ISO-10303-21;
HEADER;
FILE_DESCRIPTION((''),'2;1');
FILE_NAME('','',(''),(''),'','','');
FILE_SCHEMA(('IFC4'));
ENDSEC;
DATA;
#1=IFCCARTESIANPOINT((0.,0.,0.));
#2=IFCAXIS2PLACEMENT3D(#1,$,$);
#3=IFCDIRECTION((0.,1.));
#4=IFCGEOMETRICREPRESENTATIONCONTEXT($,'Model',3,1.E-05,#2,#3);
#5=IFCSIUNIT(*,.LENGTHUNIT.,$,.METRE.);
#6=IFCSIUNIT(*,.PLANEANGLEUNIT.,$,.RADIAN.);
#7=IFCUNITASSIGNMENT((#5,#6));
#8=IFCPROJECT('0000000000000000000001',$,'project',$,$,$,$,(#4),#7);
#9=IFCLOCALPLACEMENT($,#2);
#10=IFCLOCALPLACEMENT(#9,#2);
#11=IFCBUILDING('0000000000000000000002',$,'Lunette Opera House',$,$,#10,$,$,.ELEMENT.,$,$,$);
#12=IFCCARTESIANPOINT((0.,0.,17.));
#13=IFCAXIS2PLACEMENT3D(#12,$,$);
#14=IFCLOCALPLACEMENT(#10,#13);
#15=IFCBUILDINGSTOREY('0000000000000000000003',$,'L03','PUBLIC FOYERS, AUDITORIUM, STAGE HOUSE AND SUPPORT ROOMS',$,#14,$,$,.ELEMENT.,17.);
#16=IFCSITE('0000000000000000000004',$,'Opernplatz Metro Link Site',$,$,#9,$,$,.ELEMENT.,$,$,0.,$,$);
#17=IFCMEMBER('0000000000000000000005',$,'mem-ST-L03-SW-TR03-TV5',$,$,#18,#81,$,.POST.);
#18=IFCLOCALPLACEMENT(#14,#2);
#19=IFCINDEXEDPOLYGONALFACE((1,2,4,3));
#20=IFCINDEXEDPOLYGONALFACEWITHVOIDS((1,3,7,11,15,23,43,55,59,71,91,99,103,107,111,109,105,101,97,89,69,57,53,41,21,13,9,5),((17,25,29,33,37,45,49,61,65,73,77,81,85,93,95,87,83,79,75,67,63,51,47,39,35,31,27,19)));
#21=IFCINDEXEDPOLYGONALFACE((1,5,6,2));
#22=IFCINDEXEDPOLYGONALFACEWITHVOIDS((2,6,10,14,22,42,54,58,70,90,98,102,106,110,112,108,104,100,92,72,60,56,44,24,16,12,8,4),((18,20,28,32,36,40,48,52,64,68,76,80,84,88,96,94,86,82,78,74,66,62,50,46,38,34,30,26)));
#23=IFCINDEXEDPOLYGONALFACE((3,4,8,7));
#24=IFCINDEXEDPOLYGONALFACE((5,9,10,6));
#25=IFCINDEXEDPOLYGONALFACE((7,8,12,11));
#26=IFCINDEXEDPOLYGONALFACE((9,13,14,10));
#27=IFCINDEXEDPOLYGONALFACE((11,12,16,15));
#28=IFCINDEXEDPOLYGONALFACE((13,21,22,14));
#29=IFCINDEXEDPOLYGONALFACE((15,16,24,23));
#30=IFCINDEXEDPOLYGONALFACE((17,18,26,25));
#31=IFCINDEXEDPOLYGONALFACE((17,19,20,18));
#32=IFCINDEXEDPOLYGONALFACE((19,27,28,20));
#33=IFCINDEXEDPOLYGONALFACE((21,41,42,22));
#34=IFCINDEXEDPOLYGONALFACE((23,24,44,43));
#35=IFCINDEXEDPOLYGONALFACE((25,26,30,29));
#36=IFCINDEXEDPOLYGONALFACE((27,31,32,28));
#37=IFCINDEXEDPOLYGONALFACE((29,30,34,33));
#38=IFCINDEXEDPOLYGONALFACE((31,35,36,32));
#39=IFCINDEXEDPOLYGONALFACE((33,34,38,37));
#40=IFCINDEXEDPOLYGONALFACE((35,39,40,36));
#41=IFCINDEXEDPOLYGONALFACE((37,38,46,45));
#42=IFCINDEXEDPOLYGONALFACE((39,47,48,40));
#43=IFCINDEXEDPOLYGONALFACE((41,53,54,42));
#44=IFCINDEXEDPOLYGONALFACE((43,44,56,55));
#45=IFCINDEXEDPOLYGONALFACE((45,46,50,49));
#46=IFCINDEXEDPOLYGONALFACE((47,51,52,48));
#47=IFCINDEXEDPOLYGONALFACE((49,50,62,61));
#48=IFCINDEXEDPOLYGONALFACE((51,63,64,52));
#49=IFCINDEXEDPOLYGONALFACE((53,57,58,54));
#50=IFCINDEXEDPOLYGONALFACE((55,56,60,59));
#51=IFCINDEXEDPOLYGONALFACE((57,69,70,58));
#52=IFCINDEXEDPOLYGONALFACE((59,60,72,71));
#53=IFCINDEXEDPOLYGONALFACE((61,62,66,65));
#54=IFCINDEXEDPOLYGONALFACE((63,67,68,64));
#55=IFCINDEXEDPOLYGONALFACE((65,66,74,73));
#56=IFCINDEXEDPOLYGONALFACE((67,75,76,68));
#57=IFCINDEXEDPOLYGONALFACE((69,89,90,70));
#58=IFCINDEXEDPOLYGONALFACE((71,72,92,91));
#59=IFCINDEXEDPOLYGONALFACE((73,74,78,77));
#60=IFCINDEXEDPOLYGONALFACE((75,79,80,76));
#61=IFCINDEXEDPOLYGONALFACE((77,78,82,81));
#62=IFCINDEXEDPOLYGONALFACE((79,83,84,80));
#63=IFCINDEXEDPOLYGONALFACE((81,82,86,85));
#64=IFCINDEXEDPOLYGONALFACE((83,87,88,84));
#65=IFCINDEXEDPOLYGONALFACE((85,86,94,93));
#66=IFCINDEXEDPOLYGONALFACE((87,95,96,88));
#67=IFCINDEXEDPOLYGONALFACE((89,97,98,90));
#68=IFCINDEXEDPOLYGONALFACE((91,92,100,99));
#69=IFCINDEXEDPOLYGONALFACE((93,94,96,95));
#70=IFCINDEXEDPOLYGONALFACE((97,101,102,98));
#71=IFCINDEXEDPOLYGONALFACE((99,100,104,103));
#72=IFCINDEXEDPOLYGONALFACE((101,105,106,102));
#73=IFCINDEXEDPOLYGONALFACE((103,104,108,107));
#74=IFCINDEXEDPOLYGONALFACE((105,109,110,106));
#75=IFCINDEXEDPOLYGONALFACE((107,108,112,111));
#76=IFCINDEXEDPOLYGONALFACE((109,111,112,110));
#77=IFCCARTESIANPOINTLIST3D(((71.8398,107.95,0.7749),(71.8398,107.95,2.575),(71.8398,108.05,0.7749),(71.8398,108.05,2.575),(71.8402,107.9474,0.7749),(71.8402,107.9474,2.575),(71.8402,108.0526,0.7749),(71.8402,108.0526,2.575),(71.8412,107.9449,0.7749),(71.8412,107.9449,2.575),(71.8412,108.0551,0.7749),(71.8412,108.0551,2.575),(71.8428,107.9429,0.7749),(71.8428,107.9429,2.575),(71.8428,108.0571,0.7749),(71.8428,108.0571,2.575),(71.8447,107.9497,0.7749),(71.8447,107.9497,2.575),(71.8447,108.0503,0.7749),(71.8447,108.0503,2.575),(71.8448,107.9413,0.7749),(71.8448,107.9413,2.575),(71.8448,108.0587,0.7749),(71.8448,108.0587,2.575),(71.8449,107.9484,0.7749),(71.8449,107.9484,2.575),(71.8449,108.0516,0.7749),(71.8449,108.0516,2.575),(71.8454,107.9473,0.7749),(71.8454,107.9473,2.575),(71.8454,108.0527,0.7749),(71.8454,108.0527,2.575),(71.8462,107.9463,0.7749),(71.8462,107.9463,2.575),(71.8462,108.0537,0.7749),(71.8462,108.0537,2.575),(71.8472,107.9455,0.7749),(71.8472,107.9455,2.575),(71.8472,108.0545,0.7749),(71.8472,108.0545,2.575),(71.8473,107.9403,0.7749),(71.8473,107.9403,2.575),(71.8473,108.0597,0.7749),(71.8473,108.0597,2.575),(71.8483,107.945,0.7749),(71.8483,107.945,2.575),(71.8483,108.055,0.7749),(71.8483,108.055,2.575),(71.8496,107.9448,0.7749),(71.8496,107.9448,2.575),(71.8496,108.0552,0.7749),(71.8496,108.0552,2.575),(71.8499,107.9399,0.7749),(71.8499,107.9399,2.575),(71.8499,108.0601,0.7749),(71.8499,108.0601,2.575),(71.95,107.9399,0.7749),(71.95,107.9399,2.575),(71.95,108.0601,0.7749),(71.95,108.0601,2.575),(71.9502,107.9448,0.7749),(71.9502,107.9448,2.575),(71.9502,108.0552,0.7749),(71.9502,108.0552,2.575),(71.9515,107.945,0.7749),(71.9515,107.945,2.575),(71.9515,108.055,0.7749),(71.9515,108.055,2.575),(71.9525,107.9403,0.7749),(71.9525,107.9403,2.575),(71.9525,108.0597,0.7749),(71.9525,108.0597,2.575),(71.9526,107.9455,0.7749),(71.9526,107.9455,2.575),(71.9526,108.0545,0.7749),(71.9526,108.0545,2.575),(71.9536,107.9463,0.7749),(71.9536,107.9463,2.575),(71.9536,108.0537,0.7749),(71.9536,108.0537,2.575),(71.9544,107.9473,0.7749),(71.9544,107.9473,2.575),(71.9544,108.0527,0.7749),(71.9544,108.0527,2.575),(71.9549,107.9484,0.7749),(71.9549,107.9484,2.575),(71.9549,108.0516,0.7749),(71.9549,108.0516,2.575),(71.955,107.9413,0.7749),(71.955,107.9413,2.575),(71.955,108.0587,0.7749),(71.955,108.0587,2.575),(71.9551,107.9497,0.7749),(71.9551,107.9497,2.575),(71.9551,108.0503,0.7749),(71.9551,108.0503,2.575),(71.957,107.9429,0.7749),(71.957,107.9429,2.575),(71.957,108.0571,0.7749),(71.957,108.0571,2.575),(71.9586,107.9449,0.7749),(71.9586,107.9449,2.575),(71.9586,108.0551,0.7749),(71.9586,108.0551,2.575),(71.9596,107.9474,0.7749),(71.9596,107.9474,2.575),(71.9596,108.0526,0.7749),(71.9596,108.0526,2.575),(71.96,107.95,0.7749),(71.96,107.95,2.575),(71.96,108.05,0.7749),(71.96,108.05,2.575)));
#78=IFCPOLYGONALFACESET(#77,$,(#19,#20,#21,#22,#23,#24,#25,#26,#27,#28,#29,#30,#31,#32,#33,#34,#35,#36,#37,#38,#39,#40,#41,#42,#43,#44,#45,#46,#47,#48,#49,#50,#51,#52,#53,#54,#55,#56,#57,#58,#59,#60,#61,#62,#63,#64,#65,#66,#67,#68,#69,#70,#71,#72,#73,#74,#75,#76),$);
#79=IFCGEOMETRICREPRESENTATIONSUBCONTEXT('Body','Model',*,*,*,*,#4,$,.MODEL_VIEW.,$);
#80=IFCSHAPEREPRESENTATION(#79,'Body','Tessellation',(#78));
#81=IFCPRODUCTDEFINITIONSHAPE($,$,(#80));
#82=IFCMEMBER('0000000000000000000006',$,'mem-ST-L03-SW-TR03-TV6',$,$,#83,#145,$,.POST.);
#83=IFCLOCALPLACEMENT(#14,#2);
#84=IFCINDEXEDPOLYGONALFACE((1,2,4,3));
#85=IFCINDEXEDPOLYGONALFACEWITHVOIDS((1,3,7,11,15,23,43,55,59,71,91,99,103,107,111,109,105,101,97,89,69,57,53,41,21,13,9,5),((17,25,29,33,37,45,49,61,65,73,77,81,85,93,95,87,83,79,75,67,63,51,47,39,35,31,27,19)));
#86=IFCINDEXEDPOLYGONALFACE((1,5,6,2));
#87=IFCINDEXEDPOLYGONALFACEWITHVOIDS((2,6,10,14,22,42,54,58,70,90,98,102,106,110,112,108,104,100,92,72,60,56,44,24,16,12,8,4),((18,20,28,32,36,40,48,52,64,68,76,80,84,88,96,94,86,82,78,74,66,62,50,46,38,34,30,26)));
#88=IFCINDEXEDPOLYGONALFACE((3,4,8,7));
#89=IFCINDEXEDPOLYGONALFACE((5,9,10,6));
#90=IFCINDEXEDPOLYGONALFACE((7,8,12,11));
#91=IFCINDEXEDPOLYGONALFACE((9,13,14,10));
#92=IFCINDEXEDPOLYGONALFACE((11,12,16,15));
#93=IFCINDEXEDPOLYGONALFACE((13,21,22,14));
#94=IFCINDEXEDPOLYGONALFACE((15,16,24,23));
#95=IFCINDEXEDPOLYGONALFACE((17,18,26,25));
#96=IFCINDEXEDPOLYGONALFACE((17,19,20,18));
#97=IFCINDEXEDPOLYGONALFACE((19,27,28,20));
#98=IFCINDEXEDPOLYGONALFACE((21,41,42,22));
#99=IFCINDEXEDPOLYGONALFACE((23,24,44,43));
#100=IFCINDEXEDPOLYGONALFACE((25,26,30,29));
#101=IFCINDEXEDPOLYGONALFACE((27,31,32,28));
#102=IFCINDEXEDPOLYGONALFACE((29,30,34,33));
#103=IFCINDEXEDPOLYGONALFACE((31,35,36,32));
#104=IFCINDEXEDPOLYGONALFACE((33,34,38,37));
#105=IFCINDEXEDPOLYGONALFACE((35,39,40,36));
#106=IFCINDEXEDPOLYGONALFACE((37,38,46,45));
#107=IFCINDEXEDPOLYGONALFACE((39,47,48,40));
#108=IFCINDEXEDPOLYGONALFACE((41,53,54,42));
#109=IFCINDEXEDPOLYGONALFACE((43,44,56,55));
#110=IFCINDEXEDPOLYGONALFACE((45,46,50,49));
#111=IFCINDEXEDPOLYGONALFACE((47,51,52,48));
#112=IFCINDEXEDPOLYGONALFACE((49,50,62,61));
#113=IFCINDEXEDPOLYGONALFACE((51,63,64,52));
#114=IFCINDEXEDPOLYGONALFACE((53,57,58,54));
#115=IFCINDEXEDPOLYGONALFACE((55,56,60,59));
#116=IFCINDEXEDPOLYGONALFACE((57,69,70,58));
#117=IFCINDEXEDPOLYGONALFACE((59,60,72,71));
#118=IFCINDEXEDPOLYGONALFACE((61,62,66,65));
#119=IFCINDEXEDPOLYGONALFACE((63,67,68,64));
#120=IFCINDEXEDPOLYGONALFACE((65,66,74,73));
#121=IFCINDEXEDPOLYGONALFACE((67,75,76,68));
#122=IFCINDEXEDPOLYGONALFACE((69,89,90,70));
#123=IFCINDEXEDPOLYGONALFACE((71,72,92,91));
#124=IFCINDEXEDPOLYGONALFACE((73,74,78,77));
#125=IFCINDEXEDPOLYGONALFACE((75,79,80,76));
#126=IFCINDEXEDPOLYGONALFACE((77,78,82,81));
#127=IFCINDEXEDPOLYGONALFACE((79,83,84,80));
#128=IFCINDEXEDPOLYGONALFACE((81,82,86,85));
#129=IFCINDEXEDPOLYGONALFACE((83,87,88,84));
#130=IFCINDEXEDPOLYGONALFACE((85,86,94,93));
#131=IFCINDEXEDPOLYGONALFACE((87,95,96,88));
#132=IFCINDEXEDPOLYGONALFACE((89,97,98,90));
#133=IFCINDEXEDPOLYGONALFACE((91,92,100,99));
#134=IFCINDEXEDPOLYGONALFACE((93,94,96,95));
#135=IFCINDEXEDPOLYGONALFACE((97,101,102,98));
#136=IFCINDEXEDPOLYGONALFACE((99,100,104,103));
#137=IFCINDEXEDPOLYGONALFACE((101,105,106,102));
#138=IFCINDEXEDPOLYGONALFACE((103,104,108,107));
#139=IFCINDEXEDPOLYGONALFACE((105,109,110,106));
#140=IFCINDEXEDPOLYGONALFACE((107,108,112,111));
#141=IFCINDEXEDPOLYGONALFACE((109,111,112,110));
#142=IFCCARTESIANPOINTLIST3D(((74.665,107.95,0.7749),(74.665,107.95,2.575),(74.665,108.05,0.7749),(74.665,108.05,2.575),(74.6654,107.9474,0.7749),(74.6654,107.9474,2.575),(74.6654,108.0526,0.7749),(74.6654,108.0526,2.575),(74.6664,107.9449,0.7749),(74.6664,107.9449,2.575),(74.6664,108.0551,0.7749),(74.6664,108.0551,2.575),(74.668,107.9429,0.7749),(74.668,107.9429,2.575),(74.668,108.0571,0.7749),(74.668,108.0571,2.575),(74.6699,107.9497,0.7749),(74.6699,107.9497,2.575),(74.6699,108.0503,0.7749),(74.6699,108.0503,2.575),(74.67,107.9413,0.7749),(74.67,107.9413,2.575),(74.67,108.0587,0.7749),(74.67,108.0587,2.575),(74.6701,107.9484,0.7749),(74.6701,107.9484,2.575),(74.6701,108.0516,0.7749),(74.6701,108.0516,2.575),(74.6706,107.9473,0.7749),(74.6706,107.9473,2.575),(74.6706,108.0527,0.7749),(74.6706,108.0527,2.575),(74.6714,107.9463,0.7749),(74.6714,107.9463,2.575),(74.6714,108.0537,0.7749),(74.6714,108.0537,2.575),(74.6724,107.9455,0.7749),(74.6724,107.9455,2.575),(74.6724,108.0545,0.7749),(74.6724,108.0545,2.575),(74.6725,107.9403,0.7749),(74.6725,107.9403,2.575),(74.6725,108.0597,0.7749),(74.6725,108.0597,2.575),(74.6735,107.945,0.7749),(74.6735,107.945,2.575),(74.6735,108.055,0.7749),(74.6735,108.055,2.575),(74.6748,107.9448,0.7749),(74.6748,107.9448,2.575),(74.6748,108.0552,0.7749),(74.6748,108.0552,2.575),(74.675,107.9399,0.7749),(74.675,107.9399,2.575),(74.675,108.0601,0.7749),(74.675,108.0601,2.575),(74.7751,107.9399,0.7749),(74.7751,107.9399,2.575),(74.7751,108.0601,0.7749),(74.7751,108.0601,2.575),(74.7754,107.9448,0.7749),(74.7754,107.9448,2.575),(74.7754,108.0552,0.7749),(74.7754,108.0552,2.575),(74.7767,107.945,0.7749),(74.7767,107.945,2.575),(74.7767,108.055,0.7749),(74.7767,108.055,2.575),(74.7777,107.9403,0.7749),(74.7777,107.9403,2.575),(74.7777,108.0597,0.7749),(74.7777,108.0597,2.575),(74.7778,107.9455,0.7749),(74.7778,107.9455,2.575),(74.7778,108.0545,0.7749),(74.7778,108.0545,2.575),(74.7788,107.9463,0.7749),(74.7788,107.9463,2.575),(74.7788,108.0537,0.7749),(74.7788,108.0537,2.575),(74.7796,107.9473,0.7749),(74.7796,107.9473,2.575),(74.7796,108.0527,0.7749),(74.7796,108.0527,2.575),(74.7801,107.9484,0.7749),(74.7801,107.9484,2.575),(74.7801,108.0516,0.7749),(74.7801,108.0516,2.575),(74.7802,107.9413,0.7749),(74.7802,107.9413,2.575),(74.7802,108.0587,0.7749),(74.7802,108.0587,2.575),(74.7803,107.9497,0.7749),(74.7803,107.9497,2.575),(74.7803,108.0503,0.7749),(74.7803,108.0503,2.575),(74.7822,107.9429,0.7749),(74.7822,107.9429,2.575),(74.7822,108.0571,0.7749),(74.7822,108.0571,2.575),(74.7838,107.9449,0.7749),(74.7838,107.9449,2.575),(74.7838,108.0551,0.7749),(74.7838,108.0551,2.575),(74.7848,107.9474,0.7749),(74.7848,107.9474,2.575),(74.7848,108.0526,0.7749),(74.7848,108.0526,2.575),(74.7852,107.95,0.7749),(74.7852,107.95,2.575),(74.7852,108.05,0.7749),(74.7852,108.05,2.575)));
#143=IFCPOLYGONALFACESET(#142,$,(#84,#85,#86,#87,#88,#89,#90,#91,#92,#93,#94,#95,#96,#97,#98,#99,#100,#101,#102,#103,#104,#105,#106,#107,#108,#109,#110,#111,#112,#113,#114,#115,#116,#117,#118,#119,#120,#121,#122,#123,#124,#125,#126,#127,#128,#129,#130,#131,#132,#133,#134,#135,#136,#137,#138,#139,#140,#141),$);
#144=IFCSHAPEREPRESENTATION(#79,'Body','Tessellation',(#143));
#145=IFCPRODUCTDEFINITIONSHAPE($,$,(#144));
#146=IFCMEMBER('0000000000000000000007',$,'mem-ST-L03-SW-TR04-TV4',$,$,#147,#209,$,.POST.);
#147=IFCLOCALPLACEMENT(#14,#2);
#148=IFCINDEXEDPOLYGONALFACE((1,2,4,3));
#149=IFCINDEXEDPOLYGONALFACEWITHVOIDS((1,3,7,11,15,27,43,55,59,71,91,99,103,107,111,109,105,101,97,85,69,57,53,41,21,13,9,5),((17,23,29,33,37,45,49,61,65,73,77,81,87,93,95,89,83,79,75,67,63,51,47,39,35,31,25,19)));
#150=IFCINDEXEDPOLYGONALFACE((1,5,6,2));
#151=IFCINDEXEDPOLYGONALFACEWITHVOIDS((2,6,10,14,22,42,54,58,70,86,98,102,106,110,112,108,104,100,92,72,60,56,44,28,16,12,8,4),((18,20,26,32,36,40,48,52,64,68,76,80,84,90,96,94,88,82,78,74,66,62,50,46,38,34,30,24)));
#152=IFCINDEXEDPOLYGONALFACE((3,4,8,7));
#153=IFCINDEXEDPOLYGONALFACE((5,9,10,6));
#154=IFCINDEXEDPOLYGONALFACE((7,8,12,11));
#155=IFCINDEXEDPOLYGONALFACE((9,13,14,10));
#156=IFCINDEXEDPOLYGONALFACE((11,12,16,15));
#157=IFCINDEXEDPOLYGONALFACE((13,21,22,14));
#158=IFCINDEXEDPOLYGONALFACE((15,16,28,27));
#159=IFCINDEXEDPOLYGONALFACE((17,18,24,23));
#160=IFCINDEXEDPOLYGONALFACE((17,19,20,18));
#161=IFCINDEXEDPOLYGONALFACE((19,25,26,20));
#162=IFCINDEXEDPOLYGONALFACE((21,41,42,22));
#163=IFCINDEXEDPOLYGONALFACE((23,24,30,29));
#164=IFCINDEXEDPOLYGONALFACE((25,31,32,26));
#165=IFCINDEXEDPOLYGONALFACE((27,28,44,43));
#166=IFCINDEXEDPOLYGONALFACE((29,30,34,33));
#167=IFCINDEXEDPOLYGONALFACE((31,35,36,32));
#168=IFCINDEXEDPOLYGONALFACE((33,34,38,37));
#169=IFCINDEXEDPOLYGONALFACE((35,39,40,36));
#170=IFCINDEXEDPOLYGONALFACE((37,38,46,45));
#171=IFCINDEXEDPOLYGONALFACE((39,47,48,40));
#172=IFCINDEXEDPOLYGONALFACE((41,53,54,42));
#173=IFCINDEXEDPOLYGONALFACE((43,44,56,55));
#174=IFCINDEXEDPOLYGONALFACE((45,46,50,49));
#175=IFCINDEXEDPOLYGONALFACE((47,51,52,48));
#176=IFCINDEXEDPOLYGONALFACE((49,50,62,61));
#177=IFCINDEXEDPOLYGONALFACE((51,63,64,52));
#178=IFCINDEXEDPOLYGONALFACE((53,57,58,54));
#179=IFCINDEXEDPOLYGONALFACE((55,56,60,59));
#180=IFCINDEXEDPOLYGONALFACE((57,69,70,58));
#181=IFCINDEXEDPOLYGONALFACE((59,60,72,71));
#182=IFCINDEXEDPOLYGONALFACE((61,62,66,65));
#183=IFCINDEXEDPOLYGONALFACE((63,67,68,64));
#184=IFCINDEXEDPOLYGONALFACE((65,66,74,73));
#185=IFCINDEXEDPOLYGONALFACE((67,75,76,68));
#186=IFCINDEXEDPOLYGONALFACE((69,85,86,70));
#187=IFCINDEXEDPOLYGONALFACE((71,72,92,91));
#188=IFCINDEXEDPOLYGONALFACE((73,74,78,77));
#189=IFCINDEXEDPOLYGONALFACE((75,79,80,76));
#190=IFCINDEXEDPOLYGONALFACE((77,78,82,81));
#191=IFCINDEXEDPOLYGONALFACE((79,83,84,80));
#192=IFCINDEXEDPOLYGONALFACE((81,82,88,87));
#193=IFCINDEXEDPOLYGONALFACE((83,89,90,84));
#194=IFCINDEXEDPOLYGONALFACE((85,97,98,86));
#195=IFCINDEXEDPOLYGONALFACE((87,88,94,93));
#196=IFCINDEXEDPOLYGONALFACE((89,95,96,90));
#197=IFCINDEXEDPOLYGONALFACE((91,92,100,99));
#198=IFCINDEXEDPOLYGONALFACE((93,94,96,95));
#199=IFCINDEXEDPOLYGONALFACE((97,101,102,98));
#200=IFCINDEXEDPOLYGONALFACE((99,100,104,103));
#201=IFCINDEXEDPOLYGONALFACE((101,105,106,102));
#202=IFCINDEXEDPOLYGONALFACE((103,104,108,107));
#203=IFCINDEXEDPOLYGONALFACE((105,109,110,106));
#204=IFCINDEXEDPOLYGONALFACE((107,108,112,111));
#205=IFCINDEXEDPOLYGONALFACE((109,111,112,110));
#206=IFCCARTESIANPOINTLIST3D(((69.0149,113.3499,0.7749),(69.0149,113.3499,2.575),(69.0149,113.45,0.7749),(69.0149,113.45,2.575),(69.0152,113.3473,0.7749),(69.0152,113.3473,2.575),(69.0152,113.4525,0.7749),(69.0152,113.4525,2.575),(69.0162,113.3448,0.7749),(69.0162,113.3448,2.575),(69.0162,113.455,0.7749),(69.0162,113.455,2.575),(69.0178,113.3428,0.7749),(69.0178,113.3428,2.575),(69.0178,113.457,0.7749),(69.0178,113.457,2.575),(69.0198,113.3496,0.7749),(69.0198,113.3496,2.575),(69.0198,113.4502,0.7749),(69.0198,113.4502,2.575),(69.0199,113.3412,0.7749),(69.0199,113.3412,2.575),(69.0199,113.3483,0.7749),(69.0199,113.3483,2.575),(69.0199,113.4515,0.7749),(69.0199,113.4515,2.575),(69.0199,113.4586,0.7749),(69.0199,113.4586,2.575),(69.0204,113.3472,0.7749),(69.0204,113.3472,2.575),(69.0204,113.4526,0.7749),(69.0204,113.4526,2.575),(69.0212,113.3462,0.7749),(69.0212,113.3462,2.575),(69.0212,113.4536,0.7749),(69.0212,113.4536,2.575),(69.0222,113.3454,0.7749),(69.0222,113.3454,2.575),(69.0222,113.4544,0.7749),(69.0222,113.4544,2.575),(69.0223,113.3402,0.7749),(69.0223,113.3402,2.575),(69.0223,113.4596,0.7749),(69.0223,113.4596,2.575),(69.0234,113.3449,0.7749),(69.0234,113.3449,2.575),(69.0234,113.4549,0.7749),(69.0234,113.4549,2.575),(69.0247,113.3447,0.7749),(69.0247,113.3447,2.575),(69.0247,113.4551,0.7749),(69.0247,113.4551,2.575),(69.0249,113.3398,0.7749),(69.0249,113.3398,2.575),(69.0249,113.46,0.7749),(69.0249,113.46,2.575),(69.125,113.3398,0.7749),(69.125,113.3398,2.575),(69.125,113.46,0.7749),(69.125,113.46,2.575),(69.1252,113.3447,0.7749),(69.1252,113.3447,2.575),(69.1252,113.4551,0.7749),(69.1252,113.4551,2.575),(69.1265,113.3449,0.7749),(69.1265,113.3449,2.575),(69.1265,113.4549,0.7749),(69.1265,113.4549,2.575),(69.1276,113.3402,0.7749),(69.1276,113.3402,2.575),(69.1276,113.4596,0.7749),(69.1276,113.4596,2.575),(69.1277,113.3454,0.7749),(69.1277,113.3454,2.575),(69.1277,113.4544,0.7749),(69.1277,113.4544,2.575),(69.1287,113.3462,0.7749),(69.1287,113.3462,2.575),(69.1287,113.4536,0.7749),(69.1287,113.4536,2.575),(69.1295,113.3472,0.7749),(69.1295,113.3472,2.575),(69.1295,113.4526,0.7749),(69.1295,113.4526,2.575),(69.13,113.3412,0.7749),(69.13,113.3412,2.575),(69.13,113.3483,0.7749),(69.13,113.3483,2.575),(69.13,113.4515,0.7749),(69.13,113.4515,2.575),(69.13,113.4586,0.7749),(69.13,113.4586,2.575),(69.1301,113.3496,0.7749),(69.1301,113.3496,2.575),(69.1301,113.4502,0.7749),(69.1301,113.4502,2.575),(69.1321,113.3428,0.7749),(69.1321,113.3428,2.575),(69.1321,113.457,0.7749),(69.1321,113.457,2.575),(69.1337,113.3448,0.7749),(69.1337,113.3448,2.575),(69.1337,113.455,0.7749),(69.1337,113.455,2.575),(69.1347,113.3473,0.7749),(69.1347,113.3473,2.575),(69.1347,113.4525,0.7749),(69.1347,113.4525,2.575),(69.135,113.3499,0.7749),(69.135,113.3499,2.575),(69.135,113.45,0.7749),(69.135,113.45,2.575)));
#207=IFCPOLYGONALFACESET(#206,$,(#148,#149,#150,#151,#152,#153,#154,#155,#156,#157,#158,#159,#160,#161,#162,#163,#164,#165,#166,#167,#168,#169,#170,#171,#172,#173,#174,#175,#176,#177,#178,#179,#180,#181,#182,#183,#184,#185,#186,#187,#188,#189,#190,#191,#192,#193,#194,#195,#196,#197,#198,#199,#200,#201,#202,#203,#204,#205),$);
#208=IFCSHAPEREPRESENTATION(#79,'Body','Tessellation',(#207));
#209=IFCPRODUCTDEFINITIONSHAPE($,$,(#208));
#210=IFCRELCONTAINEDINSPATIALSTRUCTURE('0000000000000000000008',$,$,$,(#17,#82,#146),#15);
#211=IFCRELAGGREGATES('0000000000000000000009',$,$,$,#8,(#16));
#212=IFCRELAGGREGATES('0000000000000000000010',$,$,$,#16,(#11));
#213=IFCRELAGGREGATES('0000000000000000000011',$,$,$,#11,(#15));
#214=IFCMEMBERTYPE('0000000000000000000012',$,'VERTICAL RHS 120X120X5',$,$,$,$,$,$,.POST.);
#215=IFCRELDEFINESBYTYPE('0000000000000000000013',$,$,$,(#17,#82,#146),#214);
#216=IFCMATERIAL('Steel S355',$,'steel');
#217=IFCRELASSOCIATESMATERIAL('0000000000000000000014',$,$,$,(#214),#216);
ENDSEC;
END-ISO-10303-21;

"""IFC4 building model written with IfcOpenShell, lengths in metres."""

from ifc_helpers import new_model, si_unit, direction, frame, origin, origin_2d, place, context, subcontext, project, spatial, hollow_rectangle, extrude, material, material_profile, profile_set, type_object, element, save


model = new_model("IFC4")

# Units and contexts
model_context = context("Model", 3, precision=1e-05, world=origin(), true_north=direction((0.0, 1.0)))
body_context = subcontext(model_context, "Body", "Model", "MODEL_VIEW")
ifc_project = project(units=[si_unit("LENGTHUNIT", "METRE"), si_unit("PLANEANGLEUNIT", "RADIAN")], contexts=[model_context])

# Site, building, storey
site_placement = place(None, origin())
site = spatial("IfcSite", under=ifc_project, at=site_placement, Name="Opernplatz Metro Link Site", CompositionType="ELEMENT", RefElevation=0.0)
building_placement = place(site_placement, origin())
building = spatial("IfcBuilding", under=site, at=building_placement, Name="Lunette Opera House", CompositionType="ELEMENT")
storey_placement = place(building_placement, frame((0.0, 0.0, 17.0)))
storey = spatial("IfcBuildingStorey", under=building, at=storey_placement, Name="L03", Description="PUBLIC FOYERS, AUDITORIUM, STAGE HOUSE AND SUPPORT ROOMS", CompositionType="ELEMENT", Elevation=17.0)

# Members
ifc_material_1 = material(Name="Steel S355", Category="steel")
ifc_material_profile_1 = material_profile(ifc_material_1, hollow_rectangle(XDim=0.1201, YDim=0.1201, WallThickness=0.0049, InnerFilletRadius=0.0049, OuterFilletRadius=0.01, at=origin_2d()), Name="RHS 120X120X5")
ifc_profile_set_1 = profile_set([ifc_material_profile_1], Name="Steel S355")
member_type_1 = type_object("IfcMemberType", Name="VERTICAL RHS 120X120X5", PredefinedType="POST", material=ifc_profile_set_1)
for number, where, z_axis, x_axis, name in (
    (1, (71.8999, 108.0, 0.7749), (0.0, 0.0, 1.0), (1.0, 0.0, 0.0), "mem-ST-L03-SW-TR03-TV5"),
    (2, (74.7251, 108.0, 0.7749), (0.0, 0.0, 1.0), (1.0, 0.0, 0.0), "mem-ST-L03-SW-TR03-TV6"),
    (3, (69.075, 113.3999, 0.7749), (0.0, 0.0, 1.0), (1.0, 0.0, 0.0), "mem-ST-L03-SW-TR04-TV4"),
):
    element("IfcMember", number, at=place(storey_placement, frame(where, z_axis=z_axis, x_axis=x_axis)), inside=storey, type_object=member_type_1, Name=name, PredefinedType="POST", context=body_context, shape_type="SweptSolid", body=[
        extrude(hollow_rectangle(XDim=0.1201, YDim=0.1201, WallThickness=0.0049, InnerFilletRadius=0.0049, OuterFilletRadius=0.01, at=origin_2d()), origin(), (0.0, 0.0, 1.0), 1.8),
    ])

save(model, "model.ifc")
